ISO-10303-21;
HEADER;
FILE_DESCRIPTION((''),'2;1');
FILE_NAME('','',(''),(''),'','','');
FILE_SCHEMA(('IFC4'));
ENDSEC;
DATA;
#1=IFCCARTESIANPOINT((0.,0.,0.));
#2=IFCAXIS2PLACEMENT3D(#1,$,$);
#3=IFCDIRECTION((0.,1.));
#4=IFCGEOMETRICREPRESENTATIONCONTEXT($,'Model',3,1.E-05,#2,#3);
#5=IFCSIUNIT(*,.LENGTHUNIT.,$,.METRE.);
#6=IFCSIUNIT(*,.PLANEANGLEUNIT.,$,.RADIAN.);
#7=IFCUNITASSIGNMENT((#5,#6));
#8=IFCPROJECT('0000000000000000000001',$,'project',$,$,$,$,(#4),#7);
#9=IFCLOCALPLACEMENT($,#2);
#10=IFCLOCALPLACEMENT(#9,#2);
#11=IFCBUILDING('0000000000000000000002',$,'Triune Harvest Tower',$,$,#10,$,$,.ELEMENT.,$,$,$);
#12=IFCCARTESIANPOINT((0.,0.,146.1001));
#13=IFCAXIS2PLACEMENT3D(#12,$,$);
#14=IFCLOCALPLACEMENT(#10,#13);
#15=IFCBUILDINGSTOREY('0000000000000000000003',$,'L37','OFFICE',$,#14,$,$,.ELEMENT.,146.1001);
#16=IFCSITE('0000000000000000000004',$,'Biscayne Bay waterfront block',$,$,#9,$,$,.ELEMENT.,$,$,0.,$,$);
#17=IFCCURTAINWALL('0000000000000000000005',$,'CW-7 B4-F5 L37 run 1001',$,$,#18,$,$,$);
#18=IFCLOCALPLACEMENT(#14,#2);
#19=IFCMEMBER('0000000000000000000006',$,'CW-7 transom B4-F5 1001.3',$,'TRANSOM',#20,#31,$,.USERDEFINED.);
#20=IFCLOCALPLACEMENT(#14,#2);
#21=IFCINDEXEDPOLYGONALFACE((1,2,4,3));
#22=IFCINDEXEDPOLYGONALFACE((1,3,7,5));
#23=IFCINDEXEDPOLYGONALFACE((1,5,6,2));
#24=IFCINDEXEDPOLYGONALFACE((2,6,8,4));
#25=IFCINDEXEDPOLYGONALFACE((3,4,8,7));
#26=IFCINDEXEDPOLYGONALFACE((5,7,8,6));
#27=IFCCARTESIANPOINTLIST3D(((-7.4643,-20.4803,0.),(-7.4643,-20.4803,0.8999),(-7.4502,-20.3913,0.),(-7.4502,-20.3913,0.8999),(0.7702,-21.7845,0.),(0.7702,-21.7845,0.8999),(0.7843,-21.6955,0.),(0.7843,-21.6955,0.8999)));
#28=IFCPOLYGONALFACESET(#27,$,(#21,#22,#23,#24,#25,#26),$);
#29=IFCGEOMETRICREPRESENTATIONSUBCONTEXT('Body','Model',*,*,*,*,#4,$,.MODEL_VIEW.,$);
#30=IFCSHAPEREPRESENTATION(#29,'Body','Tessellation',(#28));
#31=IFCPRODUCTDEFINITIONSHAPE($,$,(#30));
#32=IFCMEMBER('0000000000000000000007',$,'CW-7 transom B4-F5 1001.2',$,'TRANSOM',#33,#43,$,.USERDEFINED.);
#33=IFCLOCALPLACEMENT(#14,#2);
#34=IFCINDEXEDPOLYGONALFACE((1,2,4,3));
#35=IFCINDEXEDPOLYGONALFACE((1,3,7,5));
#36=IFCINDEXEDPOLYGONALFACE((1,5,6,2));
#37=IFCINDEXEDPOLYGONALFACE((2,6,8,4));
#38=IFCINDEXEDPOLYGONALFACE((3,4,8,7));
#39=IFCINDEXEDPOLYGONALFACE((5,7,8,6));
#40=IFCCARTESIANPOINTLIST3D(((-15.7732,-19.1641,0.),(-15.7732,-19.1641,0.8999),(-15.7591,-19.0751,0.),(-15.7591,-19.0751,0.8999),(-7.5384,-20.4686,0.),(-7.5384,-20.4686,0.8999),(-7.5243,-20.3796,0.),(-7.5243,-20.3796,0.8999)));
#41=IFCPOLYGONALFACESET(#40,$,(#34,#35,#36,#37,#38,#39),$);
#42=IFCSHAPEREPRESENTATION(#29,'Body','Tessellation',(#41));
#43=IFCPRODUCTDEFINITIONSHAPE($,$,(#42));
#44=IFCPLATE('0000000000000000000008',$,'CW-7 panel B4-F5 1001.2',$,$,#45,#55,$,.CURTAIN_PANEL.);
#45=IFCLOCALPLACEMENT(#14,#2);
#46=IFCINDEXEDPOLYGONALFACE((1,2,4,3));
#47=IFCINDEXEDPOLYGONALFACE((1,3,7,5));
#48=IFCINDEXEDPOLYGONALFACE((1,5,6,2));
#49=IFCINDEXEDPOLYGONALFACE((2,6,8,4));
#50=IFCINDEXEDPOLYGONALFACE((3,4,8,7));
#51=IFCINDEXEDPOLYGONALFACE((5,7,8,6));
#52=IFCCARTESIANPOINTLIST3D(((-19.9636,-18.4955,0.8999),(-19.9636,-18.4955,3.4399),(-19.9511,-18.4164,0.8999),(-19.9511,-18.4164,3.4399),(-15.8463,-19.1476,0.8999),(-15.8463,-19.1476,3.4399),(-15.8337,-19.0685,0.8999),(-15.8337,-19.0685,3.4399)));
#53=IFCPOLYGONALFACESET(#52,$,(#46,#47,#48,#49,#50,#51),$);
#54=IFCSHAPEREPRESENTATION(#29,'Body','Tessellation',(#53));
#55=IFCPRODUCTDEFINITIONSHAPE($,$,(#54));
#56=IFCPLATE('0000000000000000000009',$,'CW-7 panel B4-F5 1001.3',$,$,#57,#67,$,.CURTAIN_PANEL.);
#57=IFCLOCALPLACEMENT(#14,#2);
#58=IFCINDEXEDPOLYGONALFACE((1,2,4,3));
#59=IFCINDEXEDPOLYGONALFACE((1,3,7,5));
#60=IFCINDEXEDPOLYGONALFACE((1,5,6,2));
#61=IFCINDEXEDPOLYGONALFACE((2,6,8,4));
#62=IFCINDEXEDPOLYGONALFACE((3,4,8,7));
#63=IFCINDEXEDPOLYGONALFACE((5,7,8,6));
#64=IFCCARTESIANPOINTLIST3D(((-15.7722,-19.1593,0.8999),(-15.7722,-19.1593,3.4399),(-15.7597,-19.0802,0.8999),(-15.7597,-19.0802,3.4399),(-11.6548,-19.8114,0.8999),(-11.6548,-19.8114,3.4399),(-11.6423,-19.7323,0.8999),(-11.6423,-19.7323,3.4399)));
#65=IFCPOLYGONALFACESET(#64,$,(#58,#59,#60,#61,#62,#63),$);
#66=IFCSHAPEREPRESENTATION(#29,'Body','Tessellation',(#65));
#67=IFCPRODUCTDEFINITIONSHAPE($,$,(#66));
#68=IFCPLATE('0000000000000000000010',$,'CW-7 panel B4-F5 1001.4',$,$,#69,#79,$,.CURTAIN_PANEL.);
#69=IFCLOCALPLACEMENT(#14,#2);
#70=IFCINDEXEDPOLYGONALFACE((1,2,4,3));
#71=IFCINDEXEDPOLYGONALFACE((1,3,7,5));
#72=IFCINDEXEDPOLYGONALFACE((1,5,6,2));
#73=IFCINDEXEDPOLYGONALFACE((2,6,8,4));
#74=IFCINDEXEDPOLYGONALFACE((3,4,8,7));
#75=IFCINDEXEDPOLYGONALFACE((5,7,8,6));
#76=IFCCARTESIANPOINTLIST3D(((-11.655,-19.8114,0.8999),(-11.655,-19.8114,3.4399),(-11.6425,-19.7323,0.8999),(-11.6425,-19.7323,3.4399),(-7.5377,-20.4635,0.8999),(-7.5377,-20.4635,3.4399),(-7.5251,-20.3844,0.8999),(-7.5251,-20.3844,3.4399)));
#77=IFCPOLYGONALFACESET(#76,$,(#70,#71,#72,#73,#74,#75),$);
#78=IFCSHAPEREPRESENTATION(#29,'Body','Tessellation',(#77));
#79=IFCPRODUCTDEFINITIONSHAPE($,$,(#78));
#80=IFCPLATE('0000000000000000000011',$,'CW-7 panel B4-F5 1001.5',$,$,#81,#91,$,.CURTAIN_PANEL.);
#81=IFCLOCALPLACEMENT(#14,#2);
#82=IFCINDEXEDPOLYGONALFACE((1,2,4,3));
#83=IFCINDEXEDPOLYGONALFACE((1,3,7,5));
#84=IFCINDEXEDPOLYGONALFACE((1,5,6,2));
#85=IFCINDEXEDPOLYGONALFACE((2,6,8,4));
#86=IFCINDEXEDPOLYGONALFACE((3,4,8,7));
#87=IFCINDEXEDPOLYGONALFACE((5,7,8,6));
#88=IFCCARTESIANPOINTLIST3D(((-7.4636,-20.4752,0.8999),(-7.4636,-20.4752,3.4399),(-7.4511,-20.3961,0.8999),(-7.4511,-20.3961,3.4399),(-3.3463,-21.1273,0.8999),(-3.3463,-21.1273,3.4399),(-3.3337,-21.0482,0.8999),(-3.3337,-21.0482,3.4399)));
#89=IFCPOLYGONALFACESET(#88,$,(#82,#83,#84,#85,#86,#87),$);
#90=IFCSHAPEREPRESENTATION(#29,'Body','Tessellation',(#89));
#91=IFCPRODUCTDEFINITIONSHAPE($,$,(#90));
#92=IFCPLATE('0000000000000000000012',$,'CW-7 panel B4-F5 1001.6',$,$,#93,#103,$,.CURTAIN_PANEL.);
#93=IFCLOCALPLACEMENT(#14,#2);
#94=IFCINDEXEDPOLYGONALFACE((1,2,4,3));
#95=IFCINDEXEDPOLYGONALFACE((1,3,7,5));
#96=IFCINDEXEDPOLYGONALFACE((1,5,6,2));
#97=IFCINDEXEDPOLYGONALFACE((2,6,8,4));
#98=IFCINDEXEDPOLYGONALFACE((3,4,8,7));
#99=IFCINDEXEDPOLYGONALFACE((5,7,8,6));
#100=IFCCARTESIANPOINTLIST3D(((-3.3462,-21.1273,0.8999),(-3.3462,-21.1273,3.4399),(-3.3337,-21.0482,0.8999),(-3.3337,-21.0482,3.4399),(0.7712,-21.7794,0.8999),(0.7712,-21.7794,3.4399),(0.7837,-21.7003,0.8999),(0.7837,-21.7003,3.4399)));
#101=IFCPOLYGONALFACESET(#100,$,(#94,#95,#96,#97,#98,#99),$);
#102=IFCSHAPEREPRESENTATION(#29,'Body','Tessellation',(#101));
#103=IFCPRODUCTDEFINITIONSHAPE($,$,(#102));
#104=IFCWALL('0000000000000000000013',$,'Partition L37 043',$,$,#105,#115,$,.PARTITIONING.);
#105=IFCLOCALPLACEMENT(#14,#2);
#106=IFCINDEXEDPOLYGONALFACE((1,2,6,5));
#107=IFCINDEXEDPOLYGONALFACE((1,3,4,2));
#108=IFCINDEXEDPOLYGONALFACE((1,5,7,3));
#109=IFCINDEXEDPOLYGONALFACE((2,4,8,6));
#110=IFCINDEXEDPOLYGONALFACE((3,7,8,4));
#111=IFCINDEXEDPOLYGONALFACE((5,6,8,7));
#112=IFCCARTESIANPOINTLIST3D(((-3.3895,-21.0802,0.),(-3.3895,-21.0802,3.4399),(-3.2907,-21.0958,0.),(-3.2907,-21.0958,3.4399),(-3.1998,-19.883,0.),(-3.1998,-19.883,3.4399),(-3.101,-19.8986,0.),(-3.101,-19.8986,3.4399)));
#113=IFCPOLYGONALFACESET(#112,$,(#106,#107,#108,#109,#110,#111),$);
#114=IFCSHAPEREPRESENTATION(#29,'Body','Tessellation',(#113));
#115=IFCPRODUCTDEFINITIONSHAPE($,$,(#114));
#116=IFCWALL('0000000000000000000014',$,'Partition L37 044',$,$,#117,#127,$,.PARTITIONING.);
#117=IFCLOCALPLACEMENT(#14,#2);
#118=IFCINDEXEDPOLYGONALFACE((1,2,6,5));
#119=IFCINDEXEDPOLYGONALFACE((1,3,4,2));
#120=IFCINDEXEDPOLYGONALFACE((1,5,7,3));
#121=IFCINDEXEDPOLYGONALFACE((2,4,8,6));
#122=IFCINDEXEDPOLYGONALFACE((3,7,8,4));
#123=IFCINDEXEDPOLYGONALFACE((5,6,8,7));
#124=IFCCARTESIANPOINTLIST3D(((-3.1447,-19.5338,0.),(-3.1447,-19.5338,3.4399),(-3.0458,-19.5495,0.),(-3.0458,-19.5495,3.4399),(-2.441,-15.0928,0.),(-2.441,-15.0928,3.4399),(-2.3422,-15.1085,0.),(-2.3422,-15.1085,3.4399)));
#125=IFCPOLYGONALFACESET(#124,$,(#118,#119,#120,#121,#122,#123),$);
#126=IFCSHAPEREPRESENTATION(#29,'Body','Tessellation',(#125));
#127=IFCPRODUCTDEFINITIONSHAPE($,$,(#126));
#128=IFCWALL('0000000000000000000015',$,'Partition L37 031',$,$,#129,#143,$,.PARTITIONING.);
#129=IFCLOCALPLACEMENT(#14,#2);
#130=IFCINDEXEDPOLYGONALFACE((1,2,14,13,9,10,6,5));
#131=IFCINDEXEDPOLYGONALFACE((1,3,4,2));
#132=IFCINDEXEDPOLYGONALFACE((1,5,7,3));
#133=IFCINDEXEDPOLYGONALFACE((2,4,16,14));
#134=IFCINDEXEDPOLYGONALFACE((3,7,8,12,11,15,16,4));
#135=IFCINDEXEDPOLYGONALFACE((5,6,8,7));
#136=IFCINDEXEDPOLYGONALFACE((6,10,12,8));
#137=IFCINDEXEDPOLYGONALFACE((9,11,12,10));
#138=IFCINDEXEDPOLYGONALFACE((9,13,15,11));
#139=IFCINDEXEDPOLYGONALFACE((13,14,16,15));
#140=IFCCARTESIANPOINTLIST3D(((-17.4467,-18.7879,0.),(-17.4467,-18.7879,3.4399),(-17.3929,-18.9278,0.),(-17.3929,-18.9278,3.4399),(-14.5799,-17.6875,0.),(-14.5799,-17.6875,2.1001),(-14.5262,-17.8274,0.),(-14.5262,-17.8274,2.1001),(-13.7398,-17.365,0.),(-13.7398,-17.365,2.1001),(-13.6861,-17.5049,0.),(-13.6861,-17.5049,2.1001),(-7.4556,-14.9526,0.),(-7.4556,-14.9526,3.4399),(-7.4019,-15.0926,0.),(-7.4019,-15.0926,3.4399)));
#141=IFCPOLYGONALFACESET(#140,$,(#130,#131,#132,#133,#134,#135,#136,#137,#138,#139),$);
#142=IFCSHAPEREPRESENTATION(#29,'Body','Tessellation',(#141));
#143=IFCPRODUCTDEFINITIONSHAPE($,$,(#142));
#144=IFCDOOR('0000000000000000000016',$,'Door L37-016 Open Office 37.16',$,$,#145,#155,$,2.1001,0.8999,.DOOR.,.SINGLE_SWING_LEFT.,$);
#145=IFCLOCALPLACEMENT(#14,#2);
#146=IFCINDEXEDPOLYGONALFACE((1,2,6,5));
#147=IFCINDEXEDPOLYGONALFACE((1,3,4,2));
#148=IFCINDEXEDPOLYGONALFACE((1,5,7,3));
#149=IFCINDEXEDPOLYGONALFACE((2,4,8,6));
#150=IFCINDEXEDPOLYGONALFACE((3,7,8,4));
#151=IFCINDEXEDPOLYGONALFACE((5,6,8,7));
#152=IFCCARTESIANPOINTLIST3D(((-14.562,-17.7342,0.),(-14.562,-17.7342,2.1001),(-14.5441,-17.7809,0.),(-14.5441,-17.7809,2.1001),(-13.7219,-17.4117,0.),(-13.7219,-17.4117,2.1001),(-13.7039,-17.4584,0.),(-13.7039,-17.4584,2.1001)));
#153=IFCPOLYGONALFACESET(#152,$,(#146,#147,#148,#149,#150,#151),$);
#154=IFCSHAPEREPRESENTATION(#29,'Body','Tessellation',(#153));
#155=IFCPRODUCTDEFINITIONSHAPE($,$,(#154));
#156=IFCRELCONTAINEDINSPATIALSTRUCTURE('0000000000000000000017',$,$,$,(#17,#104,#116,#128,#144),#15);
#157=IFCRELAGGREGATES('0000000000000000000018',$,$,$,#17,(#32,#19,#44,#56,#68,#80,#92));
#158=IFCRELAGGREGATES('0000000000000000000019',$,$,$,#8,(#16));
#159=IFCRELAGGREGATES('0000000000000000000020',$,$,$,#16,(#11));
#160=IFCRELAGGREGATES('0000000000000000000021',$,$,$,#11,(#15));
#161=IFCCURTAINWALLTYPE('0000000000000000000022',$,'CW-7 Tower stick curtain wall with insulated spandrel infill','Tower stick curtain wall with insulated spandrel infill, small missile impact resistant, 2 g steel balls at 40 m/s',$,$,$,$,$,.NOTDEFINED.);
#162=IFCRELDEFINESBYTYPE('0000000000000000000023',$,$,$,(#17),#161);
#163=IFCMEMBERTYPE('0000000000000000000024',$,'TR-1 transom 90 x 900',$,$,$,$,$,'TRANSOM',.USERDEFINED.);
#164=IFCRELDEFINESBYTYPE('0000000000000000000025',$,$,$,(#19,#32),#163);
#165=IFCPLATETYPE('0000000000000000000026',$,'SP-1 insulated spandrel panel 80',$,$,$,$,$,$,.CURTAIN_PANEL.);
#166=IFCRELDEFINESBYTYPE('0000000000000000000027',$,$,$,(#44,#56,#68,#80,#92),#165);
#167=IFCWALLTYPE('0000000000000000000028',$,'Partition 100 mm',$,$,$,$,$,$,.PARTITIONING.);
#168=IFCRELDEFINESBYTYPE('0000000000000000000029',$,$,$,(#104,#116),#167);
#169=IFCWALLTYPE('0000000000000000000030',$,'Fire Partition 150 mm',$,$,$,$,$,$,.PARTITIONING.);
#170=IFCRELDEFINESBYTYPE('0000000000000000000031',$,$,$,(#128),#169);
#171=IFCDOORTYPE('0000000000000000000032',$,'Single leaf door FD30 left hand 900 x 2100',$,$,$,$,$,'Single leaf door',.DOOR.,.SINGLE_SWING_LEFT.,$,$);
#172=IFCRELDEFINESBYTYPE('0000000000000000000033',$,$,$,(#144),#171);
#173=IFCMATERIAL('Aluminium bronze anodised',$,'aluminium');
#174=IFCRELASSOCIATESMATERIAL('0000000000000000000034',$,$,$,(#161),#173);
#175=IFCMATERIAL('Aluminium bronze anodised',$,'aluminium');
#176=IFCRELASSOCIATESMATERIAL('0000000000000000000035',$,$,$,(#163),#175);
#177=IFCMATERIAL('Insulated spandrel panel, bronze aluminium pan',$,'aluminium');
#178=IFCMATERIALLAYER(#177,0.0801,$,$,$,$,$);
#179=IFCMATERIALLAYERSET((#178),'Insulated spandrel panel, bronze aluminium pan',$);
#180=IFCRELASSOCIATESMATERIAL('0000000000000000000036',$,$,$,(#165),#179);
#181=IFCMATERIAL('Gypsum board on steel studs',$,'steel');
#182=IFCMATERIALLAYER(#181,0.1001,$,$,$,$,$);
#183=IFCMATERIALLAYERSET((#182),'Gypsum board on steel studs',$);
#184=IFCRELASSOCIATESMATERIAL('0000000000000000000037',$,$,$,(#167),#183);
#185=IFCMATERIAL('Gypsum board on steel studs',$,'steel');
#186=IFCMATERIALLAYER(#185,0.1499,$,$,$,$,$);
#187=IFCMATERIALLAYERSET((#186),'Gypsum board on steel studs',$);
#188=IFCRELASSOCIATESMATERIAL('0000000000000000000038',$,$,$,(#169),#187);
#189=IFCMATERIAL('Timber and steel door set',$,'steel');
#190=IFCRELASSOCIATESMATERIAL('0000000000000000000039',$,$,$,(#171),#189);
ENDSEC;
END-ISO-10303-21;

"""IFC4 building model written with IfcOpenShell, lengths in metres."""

from ifc_helpers import new_model, si_unit, direction, frame, frame_2d, origin, origin_2d, place, context, subcontext, project, spatial, rectangle, extrude, source, transform, mapped, material, layer, layer_set, material_profile, profile_set, type_object, element, fill, aggregate, save


model = new_model("IFC4")

# Units and contexts
model_context = context("Model", 3, precision=1e-05, world=origin(), true_north=direction((0.0, 1.0)))
body_context = subcontext(model_context, "Body", "Model", "MODEL_VIEW")
ifc_project = project(units=[si_unit("LENGTHUNIT", "METRE"), si_unit("PLANEANGLEUNIT", "RADIAN")], contexts=[model_context])

# Site, building, storey
site_placement = place(None, origin())
site = spatial("IfcSite", under=ifc_project, at=site_placement, Name="Biscayne Bay waterfront block", CompositionType="ELEMENT", RefElevation=0.0)
building_placement = place(site_placement, origin())
building = spatial("IfcBuilding", under=site, at=building_placement, Name="Triune Harvest Tower", CompositionType="ELEMENT")
storey_placement = place(building_placement, frame((0.0, 0.0, 146.1001)))
storey = spatial("IfcBuildingStorey", under=building, at=storey_placement, Name="L37", Description="OFFICE", CompositionType="ELEMENT", Elevation=146.1001)

# Curtain wall, members, plates
ifc_material_1 = material(Name="Aluminium bronze anodised", Category="aluminium")
curtain_wall_type = type_object("IfcCurtainWallType", Name="CW-7 Tower stick curtain wall with insulated spandrel infill", Description="Tower stick curtain wall with insulated spandrel infill, small missile impact resistant, 2 g steel balls at 40 m/s", PredefinedType="NOTDEFINED", material=ifc_material_1)
curtain_wall_placement = place(storey_placement, origin())
curtain_wall = element("IfcCurtainWall", 1, at=curtain_wall_placement, inside=storey, type_object=curtain_wall_type, Name="CW-7 B4-F5 L37 run 1001")
ifc_material_2 = material(Name="Aluminium bronze anodised", Category="aluminium")
ifc_material_profile_1 = material_profile(ifc_material_2, rectangle(XDim=0.0901, YDim=0.8999, at=origin_2d()), Name="TR-1 transom 90 x 900")
ifc_profile_set_1 = profile_set([ifc_material_profile_1], Name="Aluminium bronze anodised")
member_type_1 = type_object("IfcMemberType", Name="TR-1 transom 90 x 900", ElementType="TRANSOM", PredefinedType="USERDEFINED", material=ifc_profile_set_1)
shared_shape_1 = source(origin(), body_context, "Body", "SweptSolid", [
    extrude(rectangle(XDim=0.0901, YDim=0.8999, at=origin_2d()), origin(), (0.0, 0.0, 1.0), 8.3372),
])
member_1_placement = place(storey_placement, frame((-7.4573, -20.4358, 0.45), z_axis=(0.987689, -0.15643, 0.0), x_axis=(0.15643, 0.987689, 0.0)))
member_1 = element("IfcMember", 2, at=member_1_placement, type_object=member_type_1, Name="CW-7 transom B4-F5 1001.3", ObjectType="TRANSOM", PredefinedType="USERDEFINED", context=body_context, shape_type="MappedRepresentation", body=[
    mapped(shared_shape_1, transform((0.0, 0.0, 0.0), scale=1.0)),
])
shared_shape_2 = source(origin(), body_context, "Body", "SweptSolid", [
    extrude(rectangle(XDim=0.0901, YDim=0.8999, at=origin_2d()), origin(), (0.0, 0.0, 1.0), 8.3374),
])
member_2_placement = place(storey_placement, frame((-15.7661, -19.1196, 0.45), z_axis=(0.987684, -0.156459, 0.0), x_axis=(0.156459, 0.987684, 0.0)))
member_2 = element("IfcMember", 3, at=member_2_placement, type_object=member_type_1, Name="CW-7 transom B4-F5 1001.2", ObjectType="TRANSOM", PredefinedType="USERDEFINED", context=body_context, shape_type="MappedRepresentation", body=[
    mapped(shared_shape_2, transform((0.0, 0.0, 0.0), scale=1.0)),
])
ifc_material_3 = material(Name="Insulated spandrel panel, bronze aluminium pan", Category="aluminium")
ifc_layer_1 = layer(ifc_material_3, 0.0801)
ifc_layer_set_1 = layer_set([ifc_layer_1], Name="Insulated spandrel panel, bronze aluminium pan")
plate_type = type_object("IfcPlateType", Name="SP-1 insulated spandrel panel 80", PredefinedType="CURTAIN_PANEL", material=ifc_layer_set_1)
shared_shape_3 = source(origin(), body_context, "Body", "SweptSolid", [
    extrude(rectangle(XDim=4.1687, YDim=0.0801, at=origin_2d()), origin(), (0.0, 0.0, 1.0), 2.54),
])
plate_1_placement = place(storey_placement, frame((-17.8987, -18.782, 0.8999), z_axis=(0.0, 0.0, 1.0), x_axis=(0.987689, -0.156433, 0.0)))
plate_1 = element("IfcPlate", 4, at=plate_1_placement, type_object=plate_type, Name="CW-7 panel B4-F5 1001.2", PredefinedType="CURTAIN_PANEL", context=body_context, shape_type="MappedRepresentation", body=[
    mapped(shared_shape_3, transform((0.0, 0.0, 0.0), scale=1.0)),
])
plate_2_placement = place(storey_placement, frame((-13.7073, -19.4458, 0.8999), z_axis=(0.0, 0.0, 1.0), x_axis=(0.987689, -0.156433, 0.0)))
plate_2 = element("IfcPlate", 5, at=plate_2_placement, type_object=plate_type, Name="CW-7 panel B4-F5 1001.3", PredefinedType="CURTAIN_PANEL", context=body_context, shape_type="MappedRepresentation", body=[
    mapped(shared_shape_3, transform((0.0, 0.0, 0.0), scale=1.0)),
])
plate_3_placement = place(storey_placement, frame((-9.5901, -20.0979, 0.8999), z_axis=(0.0, 0.0, 1.0), x_axis=(0.987689, -0.156433, 0.0)))
plate_3 = element("IfcPlate", 6, at=plate_3_placement, type_object=plate_type, Name="CW-7 panel B4-F5 1001.4", PredefinedType="CURTAIN_PANEL", context=body_context, shape_type="MappedRepresentation", body=[
    mapped(shared_shape_3, transform((0.0, 0.0, 0.0), scale=1.0)),
])
plate_4_placement = place(storey_placement, frame((-5.3987, -20.7617, 0.8999), z_axis=(0.0, 0.0, 1.0), x_axis=(0.987689, -0.156433, 0.0)))
plate_4 = element("IfcPlate", 7, at=plate_4_placement, type_object=plate_type, Name="CW-7 panel B4-F5 1001.5", PredefinedType="CURTAIN_PANEL", context=body_context, shape_type="MappedRepresentation", body=[
    mapped(shared_shape_3, transform((0.0, 0.0, 0.0), scale=1.0)),
])
plate_5_placement = place(storey_placement, frame((-1.2812, -21.4138, 0.8999), z_axis=(0.0, 0.0, 1.0), x_axis=(0.987689, -0.156433, 0.0)))
plate_5 = element("IfcPlate", 8, at=plate_5_placement, type_object=plate_type, Name="CW-7 panel B4-F5 1001.6", PredefinedType="CURTAIN_PANEL", context=body_context, shape_type="MappedRepresentation", body=[
    mapped(shared_shape_3, transform((0.0, 0.0, 0.0), scale=1.0)),
])
aggregate(curtain_wall, [member_2, member_1, plate_1, plate_2, plate_3, plate_4, plate_5])

# Walls
ifc_material_4 = material(Name="Gypsum board on steel studs", Category="steel")
ifc_layer_2 = layer(ifc_material_4, 0.1001)
ifc_layer_set_2 = layer_set([ifc_layer_2], Name="Gypsum board on steel studs")
wall_type_1 = type_object("IfcWallType", Name="Partition 100 mm", PredefinedType="PARTITIONING", material=ifc_layer_set_2)
shared_shape_4 = source(origin(), body_context, "Body", "SweptSolid", [
    extrude(rectangle(XDim=1.2122, YDim=0.1001, at=frame_2d((0.606, 0.0))), origin(), (0.0, 0.0, 1.0), 3.4399),
])
wall_1_placement = place(storey_placement, frame((-3.3401, -21.0879, 0.0), z_axis=(0.0, 0.0, 1.0), x_axis=(0.15649, 0.98768, 0.0)))
element("IfcWall", 9, at=wall_1_placement, inside=storey, type_object=wall_type_1, Name="Partition L37 043", PredefinedType="PARTITIONING", context=body_context, shape_type="MappedRepresentation", body=[
    mapped(shared_shape_4, transform((0.0, 0.0, 0.0), scale=1.0)),
])
shared_shape_5 = source(origin(), body_context, "Body", "SweptSolid", [
    extrude(rectangle(XDim=4.4963, YDim=0.1001, at=frame_2d((2.248, 0.0))), origin(), (0.0, 0.0, 1.0), 3.4399),
])
wall_2_placement = place(storey_placement, frame((-3.0952, -19.5415, 0.0), z_axis=(0.0, 0.0, 1.0), x_axis=(0.156487, 0.98768, 0.0)))
element("IfcWall", 10, at=wall_2_placement, inside=storey, type_object=wall_type_1, Name="Partition L37 044", PredefinedType="PARTITIONING", context=body_context, shape_type="MappedRepresentation", body=[
    mapped(shared_shape_5, transform((0.0, 0.0, 0.0), scale=1.0)),
])

# Wall, opening, door
ifc_material_5 = material(Name="Gypsum board on steel studs", Category="steel")
ifc_layer_3 = layer(ifc_material_5, 0.1499)
ifc_layer_set_3 = layer_set([ifc_layer_3], Name="Gypsum board on steel studs")
wall_type_2 = type_object("IfcWallType", Name="Fire Partition 150 mm", PredefinedType="PARTITIONING", material=ifc_layer_set_3)
shared_shape_6 = source(origin(), body_context, "Body", "SweptSolid", [
    extrude(rectangle(XDim=10.7019, YDim=0.1499, at=frame_2d((5.3511, 0.0))), origin(), (0.0, 0.0, 1.0), 3.4399),
])
wall_3_placement = place(storey_placement, frame((-17.4199, -18.8579, 0.0), z_axis=(0.0, 0.0, 1.0), x_axis=(0.933579, 0.358371, 0.0)))
wall_3 = element("IfcWall", 11, at=wall_3_placement, inside=storey, type_object=wall_type_2, Name="Partition L37 031", PredefinedType="PARTITIONING", context=body_context, shape_type="MappedRepresentation", body=[
    mapped(shared_shape_6, transform((0.0, 0.0, 0.0), scale=1.0)),
])
opening_1_placement = place(wall_3_placement, frame((3.0708, 0.0, 0.0)))
opening_1 = element("IfcOpeningElement", 12, at=opening_1_placement, cuts=wall_3, PredefinedType="OPENING", context=body_context, shape_type="SweptSolid", body=[
    extrude(rectangle(XDim=0.8999, YDim=2.1001, at=frame_2d((0.45, 1.05))), frame((0.0, 0.085, 0.0), z_axis=(0.0, -1.0, 0.0), x_axis=(1.0, 0.0, 0.0)), (0.0, 0.0, 1.0), 0.1699),
])
ifc_material_6 = material(Name="Timber and steel door set", Category="steel")
door_type = type_object("IfcDoorType", Name="Single leaf door FD30 left hand 900 x 2100", ElementType="Single leaf door", OperationType="SINGLE_SWING_LEFT", PredefinedType="DOOR", material=ifc_material_6)
door_1_placement = place(opening_1_placement, origin())
door_1 = element("IfcDoor", 13, at=door_1_placement, inside=storey, type_object=door_type, Name="Door L37-016 Open Office 37.16", OperationType="SINGLE_SWING_LEFT", OverallHeight=2.1001, OverallWidth=0.8999, PredefinedType="DOOR", context=body_context, shape_type="SweptSolid", body=[
    extrude(rectangle(XDim=0.8999, YDim=2.1001, at=frame_2d((0.45, 1.05))), frame((0.0, 0.0249, 0.0), z_axis=(0.0, -1.0, 0.0), x_axis=(1.0, 0.0, 0.0)), (0.0, 0.0, 1.0), 0.05),
])
fill(opening_1, door_1)

save(model, "model.ifc")
